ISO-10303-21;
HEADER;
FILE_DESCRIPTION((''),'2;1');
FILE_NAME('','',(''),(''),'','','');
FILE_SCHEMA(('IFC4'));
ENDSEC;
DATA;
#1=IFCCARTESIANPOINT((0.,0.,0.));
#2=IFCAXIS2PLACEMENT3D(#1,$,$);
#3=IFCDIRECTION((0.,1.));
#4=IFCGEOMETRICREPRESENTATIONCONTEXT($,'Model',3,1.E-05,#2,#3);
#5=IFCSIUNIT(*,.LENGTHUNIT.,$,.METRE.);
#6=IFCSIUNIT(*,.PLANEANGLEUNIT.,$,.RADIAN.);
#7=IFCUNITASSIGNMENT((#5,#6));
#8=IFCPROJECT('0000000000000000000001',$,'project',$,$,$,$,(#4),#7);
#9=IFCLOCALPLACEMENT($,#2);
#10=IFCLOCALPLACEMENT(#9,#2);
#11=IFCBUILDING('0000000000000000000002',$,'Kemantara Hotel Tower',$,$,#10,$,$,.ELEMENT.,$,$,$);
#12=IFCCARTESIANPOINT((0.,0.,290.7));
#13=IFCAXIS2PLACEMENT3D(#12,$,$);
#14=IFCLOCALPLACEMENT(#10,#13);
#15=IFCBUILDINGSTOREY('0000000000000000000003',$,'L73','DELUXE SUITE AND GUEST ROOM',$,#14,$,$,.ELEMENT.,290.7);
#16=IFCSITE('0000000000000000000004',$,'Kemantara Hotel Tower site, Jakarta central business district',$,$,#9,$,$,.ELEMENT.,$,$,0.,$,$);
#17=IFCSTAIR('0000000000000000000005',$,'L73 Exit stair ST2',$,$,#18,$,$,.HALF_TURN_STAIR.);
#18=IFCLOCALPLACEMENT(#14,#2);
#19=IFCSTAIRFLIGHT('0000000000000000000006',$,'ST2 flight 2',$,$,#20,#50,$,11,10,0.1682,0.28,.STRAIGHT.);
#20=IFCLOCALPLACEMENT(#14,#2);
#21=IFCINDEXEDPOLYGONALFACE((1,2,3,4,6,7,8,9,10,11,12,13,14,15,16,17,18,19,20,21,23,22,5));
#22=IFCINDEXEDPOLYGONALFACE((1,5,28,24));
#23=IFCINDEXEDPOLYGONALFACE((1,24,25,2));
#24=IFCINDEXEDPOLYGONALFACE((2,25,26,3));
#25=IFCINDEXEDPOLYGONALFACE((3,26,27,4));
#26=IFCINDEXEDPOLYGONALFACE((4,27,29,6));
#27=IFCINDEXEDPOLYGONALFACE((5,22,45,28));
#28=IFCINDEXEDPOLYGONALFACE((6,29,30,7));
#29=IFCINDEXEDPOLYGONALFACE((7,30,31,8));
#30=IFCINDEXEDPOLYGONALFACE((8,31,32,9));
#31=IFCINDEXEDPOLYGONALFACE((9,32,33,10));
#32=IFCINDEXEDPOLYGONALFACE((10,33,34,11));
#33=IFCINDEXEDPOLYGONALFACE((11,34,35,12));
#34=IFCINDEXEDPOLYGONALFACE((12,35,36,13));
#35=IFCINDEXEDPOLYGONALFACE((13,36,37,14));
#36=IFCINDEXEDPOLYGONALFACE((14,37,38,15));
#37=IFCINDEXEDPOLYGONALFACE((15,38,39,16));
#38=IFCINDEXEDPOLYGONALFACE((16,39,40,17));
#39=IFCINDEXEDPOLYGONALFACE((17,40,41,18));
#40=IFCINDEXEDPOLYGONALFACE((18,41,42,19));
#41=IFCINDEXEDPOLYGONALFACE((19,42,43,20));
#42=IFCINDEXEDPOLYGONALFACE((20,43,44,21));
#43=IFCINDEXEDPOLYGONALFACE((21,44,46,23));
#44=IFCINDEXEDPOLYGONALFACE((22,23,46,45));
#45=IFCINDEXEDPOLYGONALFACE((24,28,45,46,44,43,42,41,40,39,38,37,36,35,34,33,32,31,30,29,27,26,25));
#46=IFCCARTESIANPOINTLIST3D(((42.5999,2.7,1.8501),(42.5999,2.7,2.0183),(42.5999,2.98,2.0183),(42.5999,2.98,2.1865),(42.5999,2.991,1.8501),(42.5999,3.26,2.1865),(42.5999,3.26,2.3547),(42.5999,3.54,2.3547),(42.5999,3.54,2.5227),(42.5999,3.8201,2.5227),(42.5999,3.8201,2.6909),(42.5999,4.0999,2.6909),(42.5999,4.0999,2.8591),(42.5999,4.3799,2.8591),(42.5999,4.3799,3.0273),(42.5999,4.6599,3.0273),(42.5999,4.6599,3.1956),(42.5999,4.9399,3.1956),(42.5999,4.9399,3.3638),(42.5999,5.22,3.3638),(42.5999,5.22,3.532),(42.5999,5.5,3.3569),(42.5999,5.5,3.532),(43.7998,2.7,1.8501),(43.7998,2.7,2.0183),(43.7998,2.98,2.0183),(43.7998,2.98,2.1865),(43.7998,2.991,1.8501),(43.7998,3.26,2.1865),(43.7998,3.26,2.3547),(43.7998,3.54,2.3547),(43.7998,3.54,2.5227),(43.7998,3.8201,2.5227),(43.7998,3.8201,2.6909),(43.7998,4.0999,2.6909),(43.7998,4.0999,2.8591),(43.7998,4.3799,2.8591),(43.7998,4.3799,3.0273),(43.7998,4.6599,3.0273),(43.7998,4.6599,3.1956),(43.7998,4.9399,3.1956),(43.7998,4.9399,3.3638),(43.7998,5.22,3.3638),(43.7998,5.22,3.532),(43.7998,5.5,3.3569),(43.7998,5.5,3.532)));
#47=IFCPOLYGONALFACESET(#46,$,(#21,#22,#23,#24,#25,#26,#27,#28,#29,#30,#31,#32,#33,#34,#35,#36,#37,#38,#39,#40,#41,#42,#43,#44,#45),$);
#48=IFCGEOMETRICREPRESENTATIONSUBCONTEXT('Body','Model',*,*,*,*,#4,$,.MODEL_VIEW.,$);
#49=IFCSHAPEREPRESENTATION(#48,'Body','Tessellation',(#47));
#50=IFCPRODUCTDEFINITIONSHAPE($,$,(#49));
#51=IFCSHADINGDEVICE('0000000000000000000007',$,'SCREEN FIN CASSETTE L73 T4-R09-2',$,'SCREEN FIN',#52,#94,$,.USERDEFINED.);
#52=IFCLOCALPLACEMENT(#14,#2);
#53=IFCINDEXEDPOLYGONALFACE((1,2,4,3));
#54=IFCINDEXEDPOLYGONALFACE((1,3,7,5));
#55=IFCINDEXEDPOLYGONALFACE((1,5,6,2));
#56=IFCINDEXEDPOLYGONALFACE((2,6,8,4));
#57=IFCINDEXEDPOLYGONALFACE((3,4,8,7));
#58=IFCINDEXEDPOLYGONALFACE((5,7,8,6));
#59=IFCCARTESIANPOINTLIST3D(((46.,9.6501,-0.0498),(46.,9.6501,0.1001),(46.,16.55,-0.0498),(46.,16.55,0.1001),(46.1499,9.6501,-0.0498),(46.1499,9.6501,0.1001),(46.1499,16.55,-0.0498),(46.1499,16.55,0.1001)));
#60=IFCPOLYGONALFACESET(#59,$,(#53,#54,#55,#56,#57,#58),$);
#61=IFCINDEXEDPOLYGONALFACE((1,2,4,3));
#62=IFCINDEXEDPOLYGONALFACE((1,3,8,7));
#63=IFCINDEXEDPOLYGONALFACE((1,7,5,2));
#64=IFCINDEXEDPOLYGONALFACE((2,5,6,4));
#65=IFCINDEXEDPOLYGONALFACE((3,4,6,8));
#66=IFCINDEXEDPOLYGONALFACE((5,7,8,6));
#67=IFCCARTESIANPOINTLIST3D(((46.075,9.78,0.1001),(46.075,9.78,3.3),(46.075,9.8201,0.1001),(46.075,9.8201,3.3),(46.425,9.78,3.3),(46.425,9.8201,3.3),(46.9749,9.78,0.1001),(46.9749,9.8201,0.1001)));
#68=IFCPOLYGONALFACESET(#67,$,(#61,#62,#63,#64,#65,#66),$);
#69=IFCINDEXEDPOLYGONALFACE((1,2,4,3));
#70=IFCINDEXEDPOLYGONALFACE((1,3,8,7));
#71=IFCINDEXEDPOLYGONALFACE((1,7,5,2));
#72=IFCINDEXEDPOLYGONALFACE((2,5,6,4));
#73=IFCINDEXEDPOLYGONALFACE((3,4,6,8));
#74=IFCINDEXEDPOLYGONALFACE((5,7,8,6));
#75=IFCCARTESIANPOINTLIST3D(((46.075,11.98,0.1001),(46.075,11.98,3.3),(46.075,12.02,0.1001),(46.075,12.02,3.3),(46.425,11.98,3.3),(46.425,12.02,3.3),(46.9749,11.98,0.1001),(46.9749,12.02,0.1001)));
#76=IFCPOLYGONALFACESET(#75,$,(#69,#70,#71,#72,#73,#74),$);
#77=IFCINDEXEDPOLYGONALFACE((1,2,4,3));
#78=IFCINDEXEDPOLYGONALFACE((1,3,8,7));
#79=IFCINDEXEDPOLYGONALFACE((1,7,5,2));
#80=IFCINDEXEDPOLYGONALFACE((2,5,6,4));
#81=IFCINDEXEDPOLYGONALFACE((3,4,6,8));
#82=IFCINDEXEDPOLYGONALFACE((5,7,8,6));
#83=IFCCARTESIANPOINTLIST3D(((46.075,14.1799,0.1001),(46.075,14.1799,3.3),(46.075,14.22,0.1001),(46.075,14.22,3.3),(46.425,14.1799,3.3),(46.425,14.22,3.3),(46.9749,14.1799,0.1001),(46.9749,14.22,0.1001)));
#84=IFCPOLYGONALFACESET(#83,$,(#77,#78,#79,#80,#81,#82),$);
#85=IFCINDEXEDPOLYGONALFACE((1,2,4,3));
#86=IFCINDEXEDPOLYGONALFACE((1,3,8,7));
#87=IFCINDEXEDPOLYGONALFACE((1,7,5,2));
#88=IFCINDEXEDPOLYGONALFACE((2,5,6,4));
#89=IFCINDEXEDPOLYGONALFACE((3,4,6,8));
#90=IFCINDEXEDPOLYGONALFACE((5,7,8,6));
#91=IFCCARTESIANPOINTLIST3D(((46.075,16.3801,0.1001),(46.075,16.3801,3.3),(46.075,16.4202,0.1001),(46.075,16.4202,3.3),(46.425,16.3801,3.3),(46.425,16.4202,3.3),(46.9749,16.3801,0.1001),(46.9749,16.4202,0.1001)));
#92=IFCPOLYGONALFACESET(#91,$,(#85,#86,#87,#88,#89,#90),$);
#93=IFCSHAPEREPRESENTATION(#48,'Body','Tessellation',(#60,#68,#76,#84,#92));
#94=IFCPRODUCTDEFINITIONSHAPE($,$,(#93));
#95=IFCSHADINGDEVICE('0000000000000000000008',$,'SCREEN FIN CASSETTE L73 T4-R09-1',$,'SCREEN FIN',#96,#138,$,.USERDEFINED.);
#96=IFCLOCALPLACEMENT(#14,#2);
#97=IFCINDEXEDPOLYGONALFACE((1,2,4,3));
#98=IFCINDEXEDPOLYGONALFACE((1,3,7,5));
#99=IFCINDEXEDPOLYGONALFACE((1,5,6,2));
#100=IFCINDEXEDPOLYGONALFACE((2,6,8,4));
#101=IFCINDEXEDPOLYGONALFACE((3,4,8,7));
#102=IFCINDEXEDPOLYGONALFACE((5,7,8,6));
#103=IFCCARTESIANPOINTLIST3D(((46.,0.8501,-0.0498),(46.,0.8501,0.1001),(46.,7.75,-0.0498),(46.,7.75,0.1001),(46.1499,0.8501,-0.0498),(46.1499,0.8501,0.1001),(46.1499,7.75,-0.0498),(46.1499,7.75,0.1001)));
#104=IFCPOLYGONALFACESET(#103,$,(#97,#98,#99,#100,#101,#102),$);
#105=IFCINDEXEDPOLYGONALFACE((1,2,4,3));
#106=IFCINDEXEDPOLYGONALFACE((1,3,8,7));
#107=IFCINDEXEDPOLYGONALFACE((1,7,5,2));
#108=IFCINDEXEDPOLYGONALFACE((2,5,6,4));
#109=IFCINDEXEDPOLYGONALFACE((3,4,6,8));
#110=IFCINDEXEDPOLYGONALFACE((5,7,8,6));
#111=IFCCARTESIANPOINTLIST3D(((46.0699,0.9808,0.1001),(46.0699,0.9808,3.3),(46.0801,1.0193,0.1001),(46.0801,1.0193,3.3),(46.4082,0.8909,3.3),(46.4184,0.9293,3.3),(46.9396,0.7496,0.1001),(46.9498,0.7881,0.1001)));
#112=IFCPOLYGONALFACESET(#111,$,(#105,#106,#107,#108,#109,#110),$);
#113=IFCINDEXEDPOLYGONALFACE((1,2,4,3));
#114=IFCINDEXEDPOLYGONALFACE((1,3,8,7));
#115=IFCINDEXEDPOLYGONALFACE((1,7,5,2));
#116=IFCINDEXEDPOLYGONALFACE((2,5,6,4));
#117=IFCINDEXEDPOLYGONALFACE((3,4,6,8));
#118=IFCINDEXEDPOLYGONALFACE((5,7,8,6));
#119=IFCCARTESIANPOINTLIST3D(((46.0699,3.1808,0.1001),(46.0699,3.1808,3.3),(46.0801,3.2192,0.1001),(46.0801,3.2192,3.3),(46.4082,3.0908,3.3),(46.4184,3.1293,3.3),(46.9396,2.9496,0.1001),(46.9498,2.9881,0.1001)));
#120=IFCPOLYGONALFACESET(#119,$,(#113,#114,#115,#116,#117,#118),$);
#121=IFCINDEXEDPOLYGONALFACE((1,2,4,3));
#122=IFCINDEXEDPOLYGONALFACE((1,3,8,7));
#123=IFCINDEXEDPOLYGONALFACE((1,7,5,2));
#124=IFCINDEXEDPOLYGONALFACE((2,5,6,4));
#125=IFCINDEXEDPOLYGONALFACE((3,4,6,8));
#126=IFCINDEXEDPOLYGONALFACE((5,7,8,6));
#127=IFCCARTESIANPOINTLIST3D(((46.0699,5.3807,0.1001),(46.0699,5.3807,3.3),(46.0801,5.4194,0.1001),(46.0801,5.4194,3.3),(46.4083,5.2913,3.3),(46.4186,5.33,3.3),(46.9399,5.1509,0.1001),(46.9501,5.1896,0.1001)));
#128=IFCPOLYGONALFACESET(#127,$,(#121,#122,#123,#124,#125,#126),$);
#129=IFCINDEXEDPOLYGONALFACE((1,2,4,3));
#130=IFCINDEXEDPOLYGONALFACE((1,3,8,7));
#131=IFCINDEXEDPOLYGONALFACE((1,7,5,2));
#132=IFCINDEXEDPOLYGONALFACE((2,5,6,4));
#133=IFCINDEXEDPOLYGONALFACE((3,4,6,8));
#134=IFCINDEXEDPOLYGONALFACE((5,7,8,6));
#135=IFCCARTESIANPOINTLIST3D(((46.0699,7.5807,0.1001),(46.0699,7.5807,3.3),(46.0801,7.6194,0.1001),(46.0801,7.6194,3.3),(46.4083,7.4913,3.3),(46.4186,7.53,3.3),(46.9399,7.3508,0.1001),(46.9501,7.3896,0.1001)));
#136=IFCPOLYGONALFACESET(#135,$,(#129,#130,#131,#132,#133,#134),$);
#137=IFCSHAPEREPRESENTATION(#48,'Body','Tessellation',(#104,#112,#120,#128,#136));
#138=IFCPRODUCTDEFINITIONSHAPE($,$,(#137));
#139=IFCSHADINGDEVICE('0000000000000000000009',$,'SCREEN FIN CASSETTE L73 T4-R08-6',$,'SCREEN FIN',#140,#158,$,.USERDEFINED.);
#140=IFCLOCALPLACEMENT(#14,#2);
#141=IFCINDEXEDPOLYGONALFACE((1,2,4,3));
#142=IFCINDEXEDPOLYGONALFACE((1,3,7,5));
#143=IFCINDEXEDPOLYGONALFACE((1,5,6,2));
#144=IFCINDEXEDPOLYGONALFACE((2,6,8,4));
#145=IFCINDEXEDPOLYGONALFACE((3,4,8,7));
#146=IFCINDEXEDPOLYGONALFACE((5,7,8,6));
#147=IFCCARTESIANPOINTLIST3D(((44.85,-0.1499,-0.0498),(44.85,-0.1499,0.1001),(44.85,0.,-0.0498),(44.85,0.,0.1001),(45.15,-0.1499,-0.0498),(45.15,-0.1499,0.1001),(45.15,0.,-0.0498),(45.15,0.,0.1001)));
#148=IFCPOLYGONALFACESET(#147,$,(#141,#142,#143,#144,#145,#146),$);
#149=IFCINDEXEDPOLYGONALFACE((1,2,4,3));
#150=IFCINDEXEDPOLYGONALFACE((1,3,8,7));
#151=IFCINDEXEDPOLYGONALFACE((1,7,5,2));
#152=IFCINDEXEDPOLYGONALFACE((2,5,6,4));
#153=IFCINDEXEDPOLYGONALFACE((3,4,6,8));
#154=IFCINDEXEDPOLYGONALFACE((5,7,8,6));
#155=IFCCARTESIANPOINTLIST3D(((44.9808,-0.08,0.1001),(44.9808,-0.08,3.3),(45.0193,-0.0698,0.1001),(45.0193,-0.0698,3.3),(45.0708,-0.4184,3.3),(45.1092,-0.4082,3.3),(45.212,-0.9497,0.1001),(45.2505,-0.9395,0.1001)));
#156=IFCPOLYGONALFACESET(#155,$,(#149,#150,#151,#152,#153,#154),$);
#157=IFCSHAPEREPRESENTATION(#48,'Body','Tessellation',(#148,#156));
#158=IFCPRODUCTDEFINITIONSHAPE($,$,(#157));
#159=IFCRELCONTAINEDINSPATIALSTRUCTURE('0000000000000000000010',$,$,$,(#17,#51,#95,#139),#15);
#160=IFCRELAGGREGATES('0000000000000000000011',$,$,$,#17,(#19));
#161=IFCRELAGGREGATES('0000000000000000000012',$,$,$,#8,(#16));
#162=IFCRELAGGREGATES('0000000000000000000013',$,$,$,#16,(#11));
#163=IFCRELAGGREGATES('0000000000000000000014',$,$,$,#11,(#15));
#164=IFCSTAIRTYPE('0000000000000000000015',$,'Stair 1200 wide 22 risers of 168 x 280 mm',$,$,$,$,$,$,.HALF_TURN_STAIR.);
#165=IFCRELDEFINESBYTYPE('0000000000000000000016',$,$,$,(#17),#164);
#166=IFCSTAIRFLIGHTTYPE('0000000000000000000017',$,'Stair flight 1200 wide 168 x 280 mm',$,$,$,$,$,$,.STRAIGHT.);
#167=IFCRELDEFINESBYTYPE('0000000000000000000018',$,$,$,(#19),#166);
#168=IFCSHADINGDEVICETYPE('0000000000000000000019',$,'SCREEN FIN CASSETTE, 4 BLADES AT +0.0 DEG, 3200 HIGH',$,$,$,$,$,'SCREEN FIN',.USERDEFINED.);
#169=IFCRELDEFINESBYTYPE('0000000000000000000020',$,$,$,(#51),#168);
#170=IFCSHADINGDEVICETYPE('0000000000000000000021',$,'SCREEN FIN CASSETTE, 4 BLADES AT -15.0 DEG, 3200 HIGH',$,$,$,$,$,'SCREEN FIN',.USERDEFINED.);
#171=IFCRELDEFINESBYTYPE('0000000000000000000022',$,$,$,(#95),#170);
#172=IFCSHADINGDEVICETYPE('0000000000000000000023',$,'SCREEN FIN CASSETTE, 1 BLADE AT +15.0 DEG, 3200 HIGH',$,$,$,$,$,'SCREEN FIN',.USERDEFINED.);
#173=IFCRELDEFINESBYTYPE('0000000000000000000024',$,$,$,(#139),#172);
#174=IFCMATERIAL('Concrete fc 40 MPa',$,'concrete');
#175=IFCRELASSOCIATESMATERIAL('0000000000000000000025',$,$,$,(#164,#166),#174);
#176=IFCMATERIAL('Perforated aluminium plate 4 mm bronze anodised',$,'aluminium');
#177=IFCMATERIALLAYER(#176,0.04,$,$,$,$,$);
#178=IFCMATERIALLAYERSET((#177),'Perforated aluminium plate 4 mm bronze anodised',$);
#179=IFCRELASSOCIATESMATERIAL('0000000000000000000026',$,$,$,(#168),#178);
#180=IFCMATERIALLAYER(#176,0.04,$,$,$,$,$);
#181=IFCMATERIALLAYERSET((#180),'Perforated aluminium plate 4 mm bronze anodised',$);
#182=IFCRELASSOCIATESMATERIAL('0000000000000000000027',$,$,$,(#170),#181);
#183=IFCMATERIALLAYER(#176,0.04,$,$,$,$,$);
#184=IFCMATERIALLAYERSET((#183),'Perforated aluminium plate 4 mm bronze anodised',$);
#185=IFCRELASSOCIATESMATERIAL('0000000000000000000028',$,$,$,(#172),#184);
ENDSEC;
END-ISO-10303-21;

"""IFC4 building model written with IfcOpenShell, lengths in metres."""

from ifc_helpers import new_model, si_unit, direction, frame, origin, origin_2d, place, context, subcontext, project, spatial, polyline, rectangle, outline, extrude, source, transform, mapped, material, layer, layer_set, type_object, element, aggregate, save


model = new_model("IFC4")

# Units and contexts
model_context = context("Model", 3, precision=1e-05, world=origin(), true_north=direction((0.0, 1.0)))
body_context = subcontext(model_context, "Body", "Model", "MODEL_VIEW")
ifc_project = project(units=[si_unit("LENGTHUNIT", "METRE"), si_unit("PLANEANGLEUNIT", "RADIAN")], contexts=[model_context])

# Site, building, storey
site_placement = place(None, origin())
site = spatial("IfcSite", under=ifc_project, at=site_placement, Name="Kemantara Hotel Tower site, Jakarta central business district", CompositionType="ELEMENT", RefElevation=0.0)
building_placement = place(site_placement, origin())
building = spatial("IfcBuilding", under=site, at=building_placement, Name="Kemantara Hotel Tower", CompositionType="ELEMENT")
storey_placement = place(building_placement, frame((0.0, 0.0, 290.7)))
storey = spatial("IfcBuildingStorey", under=building, at=storey_placement, Name="L73", Description="DELUXE SUITE AND GUEST ROOM", CompositionType="ELEMENT", Elevation=290.7)

# Stair, stair flight
ifc_material_1 = material(Name="Concrete fc 40 MPa", Category="concrete")
stair_type = type_object("IfcStairType", Name="Stair 1200 wide 22 risers of 168 x 280 mm", PredefinedType="HALF_TURN_STAIR", material=ifc_material_1)
stair_placement = place(storey_placement, origin())
stair = element("IfcStair", 1, at=stair_placement, inside=storey, type_object=stair_type, Name="L73 Exit stair ST2", PredefinedType="HALF_TURN_STAIR")
stair_flight_type = type_object("IfcStairFlightType", Name="Stair flight 1200 wide 168 x 280 mm", PredefinedType="STRAIGHT", material=ifc_material_1)
stair_flight_placement = place(storey_placement, frame((43.2, 2.7, 1.8501), z_axis=(0.0, 0.0, 1.0), x_axis=(0.0, 1.0, 0.0)))
stair_flight = element("IfcStairFlight", 2, at=stair_flight_placement, type_object=stair_flight_type, Name="ST2 flight 2", NumberOfRisers=11, NumberOfTreads=10, PredefinedType="STRAIGHT", RiserHeight=0.1682, TreadLength=0.28, context=body_context, shape_type="SweptSolid", body=[
    extrude(outline(polyline([(0.0, 0.0), (0.0, 0.1682), (0.28, 0.1682), (0.28, 0.3364), (0.5601, 0.3364), (0.5601, 0.5046), (0.8401, 0.5046), (0.8401, 0.6726), (1.1201, 0.6726), (1.1201, 0.8408), (1.3999, 0.8408), (1.3999, 1.009), (1.6799, 1.009), (1.6799, 1.1772), (1.96, 1.1772), (1.96, 1.3455), (2.24, 1.3455), (2.24, 1.5137), (2.52, 1.5137), (2.52, 1.6819), (2.8, 1.6819), (2.8, 1.8501), (2.8, 1.5068), (0.291, 0.0), (0.0, 0.0)])), frame((0.0, 0.6001, 0.0), z_axis=(0.0, -1.0, 0.0), x_axis=(1.0, 0.0, 0.0)), (0.0, 0.0, 1.0), 1.2),
])
aggregate(stair, [stair_flight])

# Shading devices
ifc_material_2 = material(Name="Perforated aluminium plate 4 mm bronze anodised", Category="aluminium")
ifc_layer_1 = layer(ifc_material_2, 0.04)
ifc_layer_set_1 = layer_set([ifc_layer_1], Name="Perforated aluminium plate 4 mm bronze anodised")
shading_device_type_1 = type_object("IfcShadingDeviceType", Name="SCREEN FIN CASSETTE, 4 BLADES AT +0.0 DEG, 3200 HIGH", ElementType="SCREEN FIN", PredefinedType="USERDEFINED", material=ifc_layer_set_1)
shared_shape_1 = source(origin(), body_context, "Body", "SweptSolid", [
    extrude(rectangle(XDim=6.8999, YDim=0.1499, at=origin_2d()), frame((3.3, -0.075, -0.1499), z_axis=(0.0, 0.0, 1.0), x_axis=(1.0, 0.0, 0.0)), (0.0, 0.0, 1.0), 0.1499),
    extrude(outline(polyline([(0.0, 0.0), (0.8999, 0.0), (0.3501, 3.2), (0.0, 3.2), (0.0, 0.0)])), frame((0.02, -0.075, 0.0), z_axis=(-1.0, 0.0, 0.0), x_axis=(0.0, -1.0, 0.0)), (0.0, 0.0, 1.0), 0.04),
    extrude(outline(polyline([(0.0, 0.0), (0.8999, 0.0), (0.3501, 3.2), (0.0, 3.2), (0.0, 0.0)])), frame((2.22, -0.075, 0.0), z_axis=(-1.0, 0.0, 0.0), x_axis=(0.0, -1.0, 0.0)), (0.0, 0.0, 1.0), 0.04),
    extrude(outline(polyline([(0.0, 0.0), (0.8999, 0.0), (0.3501, 3.2), (0.0, 3.2), (0.0, 0.0)])), frame((4.4199, -0.075, 0.0), z_axis=(-1.0, 0.0, 0.0), x_axis=(0.0, -1.0, 0.0)), (0.0, 0.0, 1.0), 0.04),
    extrude(outline(polyline([(0.0, 0.0), (0.8999, 0.0), (0.3501, 3.2), (0.0, 3.2), (0.0, 0.0)])), frame((6.6201, -0.075, 0.0), z_axis=(-1.0, 0.0, 0.0), x_axis=(0.0, -1.0, 0.0)), (0.0, 0.0, 1.0), 0.04),
])
shading_device_1_placement = place(storey_placement, frame((46.0, 9.8, 0.1001), z_axis=(0.0, 0.0, 1.0), x_axis=(0.0, 1.0, 0.0)))
element("IfcShadingDevice", 3, at=shading_device_1_placement, inside=storey, type_object=shading_device_type_1, Name="SCREEN FIN CASSETTE L73 T4-R09-2", ObjectType="SCREEN FIN", PredefinedType="USERDEFINED", context=body_context, shape_type="MappedRepresentation", body=[
    mapped(shared_shape_1, transform((0.0, 0.0, 0.0))),
])
ifc_layer_2 = layer(ifc_material_2, 0.04)
ifc_layer_set_2 = layer_set([ifc_layer_2], Name="Perforated aluminium plate 4 mm bronze anodised")
shading_device_type_2 = type_object("IfcShadingDeviceType", Name="SCREEN FIN CASSETTE, 4 BLADES AT -15.0 DEG, 3200 HIGH", ElementType="SCREEN FIN", PredefinedType="USERDEFINED", material=ifc_layer_set_2)
shared_shape_2 = source(origin(), body_context, "Body", "SweptSolid", [
    extrude(rectangle(XDim=6.8999, YDim=0.1499, at=origin_2d()), frame((3.3, -0.075, -0.1499), z_axis=(0.0, 0.0, 1.0), x_axis=(1.0, 0.0, 0.0)), (0.0, 0.0, 1.0), 0.1499),
    extrude(outline(polyline([(0.0, 0.0), (0.8999, 0.0), (0.3501, 3.2), (0.0, 3.2), (0.0, 0.0)])), frame((0.0193, -0.0801, 0.0), z_axis=(-0.966438, 0.256901, 0.0), x_axis=(-0.256901, -0.966438, 0.0)), (0.0, 0.0, 1.0), 0.0398),
    extrude(outline(polyline([(0.0, 0.0), (0.8999, 0.0), (0.3501, 3.2), (0.0, 3.2), (0.0, 0.0)])), frame((2.2192, -0.0801, 0.0), z_axis=(-0.966438, 0.256901, 0.0), x_axis=(-0.256901, -0.966438, 0.0)), (0.0, 0.0, 1.0), 0.0398),
    extrude(outline(polyline([(0.0, 0.0), (0.8999, 0.0), (0.3501, 3.2), (0.0, 3.2), (0.0, 0.0)])), frame((4.4194, -0.0801, 0.0), z_axis=(-0.966838, 0.255391, 0.0), x_axis=(-0.255391, -0.966838, 0.0)), (0.0, 0.0, 1.0), 0.04),
    extrude(outline(polyline([(0.0, 0.0), (0.8999, 0.0), (0.3501, 3.2), (0.0, 3.2), (0.0, 0.0)])), frame((6.6194, -0.0801, 0.0), z_axis=(-0.966838, 0.255391, 0.0), x_axis=(-0.255391, -0.966838, 0.0)), (0.0, 0.0, 1.0), 0.04),
])
shading_device_2_placement = place(storey_placement, frame((46.0, 1.0, 0.1001), z_axis=(0.0, 0.0, 1.0), x_axis=(0.0, 1.0, 0.0)))
element("IfcShadingDevice", 4, at=shading_device_2_placement, inside=storey, type_object=shading_device_type_2, Name="SCREEN FIN CASSETTE L73 T4-R09-1", ObjectType="SCREEN FIN", PredefinedType="USERDEFINED", context=body_context, shape_type="MappedRepresentation", body=[
    mapped(shared_shape_2, transform((0.0, 0.0, 0.0))),
])
ifc_layer_3 = layer(ifc_material_2, 0.04)
ifc_layer_set_3 = layer_set([ifc_layer_3], Name="Perforated aluminium plate 4 mm bronze anodised")
shading_device_type_3 = type_object("IfcShadingDeviceType", Name="SCREEN FIN CASSETTE, 1 BLADE AT +15.0 DEG, 3200 HIGH", ElementType="SCREEN FIN", PredefinedType="USERDEFINED", material=ifc_layer_set_3)
shared_shape_3 = source(origin(), body_context, "Body", "SweptSolid", [
    extrude(rectangle(XDim=0.3, YDim=0.1499, at=origin_2d()), frame((0.0, -0.075, -0.1499), z_axis=(0.0, 0.0, 1.0), x_axis=(1.0, 0.0, 0.0)), (0.0, 0.0, 1.0), 0.1499),
    extrude(outline(polyline([(0.0, 0.0), (0.8999, 0.0), (0.3501, 3.2), (0.0, 3.2), (0.0, 0.0)])), frame((0.0193, -0.0698, 0.0), z_axis=(-0.966438, -0.256901, 0.0), x_axis=(0.256901, -0.966438, 0.0)), (0.0, 0.0, 1.0), 0.0398),
])
shading_device_3_placement = place(storey_placement, frame((45.0, 0.0, 0.1001), z_axis=(0.0, 0.0, 1.0), x_axis=(1.0, 0.0, 0.0)))
element("IfcShadingDevice", 5, at=shading_device_3_placement, inside=storey, type_object=shading_device_type_3, Name="SCREEN FIN CASSETTE L73 T4-R08-6", ObjectType="SCREEN FIN", PredefinedType="USERDEFINED", context=body_context, shape_type="MappedRepresentation", body=[
    mapped(shared_shape_3, transform((0.0, 0.0, 0.0))),
])

save(model, "model.ifc")
